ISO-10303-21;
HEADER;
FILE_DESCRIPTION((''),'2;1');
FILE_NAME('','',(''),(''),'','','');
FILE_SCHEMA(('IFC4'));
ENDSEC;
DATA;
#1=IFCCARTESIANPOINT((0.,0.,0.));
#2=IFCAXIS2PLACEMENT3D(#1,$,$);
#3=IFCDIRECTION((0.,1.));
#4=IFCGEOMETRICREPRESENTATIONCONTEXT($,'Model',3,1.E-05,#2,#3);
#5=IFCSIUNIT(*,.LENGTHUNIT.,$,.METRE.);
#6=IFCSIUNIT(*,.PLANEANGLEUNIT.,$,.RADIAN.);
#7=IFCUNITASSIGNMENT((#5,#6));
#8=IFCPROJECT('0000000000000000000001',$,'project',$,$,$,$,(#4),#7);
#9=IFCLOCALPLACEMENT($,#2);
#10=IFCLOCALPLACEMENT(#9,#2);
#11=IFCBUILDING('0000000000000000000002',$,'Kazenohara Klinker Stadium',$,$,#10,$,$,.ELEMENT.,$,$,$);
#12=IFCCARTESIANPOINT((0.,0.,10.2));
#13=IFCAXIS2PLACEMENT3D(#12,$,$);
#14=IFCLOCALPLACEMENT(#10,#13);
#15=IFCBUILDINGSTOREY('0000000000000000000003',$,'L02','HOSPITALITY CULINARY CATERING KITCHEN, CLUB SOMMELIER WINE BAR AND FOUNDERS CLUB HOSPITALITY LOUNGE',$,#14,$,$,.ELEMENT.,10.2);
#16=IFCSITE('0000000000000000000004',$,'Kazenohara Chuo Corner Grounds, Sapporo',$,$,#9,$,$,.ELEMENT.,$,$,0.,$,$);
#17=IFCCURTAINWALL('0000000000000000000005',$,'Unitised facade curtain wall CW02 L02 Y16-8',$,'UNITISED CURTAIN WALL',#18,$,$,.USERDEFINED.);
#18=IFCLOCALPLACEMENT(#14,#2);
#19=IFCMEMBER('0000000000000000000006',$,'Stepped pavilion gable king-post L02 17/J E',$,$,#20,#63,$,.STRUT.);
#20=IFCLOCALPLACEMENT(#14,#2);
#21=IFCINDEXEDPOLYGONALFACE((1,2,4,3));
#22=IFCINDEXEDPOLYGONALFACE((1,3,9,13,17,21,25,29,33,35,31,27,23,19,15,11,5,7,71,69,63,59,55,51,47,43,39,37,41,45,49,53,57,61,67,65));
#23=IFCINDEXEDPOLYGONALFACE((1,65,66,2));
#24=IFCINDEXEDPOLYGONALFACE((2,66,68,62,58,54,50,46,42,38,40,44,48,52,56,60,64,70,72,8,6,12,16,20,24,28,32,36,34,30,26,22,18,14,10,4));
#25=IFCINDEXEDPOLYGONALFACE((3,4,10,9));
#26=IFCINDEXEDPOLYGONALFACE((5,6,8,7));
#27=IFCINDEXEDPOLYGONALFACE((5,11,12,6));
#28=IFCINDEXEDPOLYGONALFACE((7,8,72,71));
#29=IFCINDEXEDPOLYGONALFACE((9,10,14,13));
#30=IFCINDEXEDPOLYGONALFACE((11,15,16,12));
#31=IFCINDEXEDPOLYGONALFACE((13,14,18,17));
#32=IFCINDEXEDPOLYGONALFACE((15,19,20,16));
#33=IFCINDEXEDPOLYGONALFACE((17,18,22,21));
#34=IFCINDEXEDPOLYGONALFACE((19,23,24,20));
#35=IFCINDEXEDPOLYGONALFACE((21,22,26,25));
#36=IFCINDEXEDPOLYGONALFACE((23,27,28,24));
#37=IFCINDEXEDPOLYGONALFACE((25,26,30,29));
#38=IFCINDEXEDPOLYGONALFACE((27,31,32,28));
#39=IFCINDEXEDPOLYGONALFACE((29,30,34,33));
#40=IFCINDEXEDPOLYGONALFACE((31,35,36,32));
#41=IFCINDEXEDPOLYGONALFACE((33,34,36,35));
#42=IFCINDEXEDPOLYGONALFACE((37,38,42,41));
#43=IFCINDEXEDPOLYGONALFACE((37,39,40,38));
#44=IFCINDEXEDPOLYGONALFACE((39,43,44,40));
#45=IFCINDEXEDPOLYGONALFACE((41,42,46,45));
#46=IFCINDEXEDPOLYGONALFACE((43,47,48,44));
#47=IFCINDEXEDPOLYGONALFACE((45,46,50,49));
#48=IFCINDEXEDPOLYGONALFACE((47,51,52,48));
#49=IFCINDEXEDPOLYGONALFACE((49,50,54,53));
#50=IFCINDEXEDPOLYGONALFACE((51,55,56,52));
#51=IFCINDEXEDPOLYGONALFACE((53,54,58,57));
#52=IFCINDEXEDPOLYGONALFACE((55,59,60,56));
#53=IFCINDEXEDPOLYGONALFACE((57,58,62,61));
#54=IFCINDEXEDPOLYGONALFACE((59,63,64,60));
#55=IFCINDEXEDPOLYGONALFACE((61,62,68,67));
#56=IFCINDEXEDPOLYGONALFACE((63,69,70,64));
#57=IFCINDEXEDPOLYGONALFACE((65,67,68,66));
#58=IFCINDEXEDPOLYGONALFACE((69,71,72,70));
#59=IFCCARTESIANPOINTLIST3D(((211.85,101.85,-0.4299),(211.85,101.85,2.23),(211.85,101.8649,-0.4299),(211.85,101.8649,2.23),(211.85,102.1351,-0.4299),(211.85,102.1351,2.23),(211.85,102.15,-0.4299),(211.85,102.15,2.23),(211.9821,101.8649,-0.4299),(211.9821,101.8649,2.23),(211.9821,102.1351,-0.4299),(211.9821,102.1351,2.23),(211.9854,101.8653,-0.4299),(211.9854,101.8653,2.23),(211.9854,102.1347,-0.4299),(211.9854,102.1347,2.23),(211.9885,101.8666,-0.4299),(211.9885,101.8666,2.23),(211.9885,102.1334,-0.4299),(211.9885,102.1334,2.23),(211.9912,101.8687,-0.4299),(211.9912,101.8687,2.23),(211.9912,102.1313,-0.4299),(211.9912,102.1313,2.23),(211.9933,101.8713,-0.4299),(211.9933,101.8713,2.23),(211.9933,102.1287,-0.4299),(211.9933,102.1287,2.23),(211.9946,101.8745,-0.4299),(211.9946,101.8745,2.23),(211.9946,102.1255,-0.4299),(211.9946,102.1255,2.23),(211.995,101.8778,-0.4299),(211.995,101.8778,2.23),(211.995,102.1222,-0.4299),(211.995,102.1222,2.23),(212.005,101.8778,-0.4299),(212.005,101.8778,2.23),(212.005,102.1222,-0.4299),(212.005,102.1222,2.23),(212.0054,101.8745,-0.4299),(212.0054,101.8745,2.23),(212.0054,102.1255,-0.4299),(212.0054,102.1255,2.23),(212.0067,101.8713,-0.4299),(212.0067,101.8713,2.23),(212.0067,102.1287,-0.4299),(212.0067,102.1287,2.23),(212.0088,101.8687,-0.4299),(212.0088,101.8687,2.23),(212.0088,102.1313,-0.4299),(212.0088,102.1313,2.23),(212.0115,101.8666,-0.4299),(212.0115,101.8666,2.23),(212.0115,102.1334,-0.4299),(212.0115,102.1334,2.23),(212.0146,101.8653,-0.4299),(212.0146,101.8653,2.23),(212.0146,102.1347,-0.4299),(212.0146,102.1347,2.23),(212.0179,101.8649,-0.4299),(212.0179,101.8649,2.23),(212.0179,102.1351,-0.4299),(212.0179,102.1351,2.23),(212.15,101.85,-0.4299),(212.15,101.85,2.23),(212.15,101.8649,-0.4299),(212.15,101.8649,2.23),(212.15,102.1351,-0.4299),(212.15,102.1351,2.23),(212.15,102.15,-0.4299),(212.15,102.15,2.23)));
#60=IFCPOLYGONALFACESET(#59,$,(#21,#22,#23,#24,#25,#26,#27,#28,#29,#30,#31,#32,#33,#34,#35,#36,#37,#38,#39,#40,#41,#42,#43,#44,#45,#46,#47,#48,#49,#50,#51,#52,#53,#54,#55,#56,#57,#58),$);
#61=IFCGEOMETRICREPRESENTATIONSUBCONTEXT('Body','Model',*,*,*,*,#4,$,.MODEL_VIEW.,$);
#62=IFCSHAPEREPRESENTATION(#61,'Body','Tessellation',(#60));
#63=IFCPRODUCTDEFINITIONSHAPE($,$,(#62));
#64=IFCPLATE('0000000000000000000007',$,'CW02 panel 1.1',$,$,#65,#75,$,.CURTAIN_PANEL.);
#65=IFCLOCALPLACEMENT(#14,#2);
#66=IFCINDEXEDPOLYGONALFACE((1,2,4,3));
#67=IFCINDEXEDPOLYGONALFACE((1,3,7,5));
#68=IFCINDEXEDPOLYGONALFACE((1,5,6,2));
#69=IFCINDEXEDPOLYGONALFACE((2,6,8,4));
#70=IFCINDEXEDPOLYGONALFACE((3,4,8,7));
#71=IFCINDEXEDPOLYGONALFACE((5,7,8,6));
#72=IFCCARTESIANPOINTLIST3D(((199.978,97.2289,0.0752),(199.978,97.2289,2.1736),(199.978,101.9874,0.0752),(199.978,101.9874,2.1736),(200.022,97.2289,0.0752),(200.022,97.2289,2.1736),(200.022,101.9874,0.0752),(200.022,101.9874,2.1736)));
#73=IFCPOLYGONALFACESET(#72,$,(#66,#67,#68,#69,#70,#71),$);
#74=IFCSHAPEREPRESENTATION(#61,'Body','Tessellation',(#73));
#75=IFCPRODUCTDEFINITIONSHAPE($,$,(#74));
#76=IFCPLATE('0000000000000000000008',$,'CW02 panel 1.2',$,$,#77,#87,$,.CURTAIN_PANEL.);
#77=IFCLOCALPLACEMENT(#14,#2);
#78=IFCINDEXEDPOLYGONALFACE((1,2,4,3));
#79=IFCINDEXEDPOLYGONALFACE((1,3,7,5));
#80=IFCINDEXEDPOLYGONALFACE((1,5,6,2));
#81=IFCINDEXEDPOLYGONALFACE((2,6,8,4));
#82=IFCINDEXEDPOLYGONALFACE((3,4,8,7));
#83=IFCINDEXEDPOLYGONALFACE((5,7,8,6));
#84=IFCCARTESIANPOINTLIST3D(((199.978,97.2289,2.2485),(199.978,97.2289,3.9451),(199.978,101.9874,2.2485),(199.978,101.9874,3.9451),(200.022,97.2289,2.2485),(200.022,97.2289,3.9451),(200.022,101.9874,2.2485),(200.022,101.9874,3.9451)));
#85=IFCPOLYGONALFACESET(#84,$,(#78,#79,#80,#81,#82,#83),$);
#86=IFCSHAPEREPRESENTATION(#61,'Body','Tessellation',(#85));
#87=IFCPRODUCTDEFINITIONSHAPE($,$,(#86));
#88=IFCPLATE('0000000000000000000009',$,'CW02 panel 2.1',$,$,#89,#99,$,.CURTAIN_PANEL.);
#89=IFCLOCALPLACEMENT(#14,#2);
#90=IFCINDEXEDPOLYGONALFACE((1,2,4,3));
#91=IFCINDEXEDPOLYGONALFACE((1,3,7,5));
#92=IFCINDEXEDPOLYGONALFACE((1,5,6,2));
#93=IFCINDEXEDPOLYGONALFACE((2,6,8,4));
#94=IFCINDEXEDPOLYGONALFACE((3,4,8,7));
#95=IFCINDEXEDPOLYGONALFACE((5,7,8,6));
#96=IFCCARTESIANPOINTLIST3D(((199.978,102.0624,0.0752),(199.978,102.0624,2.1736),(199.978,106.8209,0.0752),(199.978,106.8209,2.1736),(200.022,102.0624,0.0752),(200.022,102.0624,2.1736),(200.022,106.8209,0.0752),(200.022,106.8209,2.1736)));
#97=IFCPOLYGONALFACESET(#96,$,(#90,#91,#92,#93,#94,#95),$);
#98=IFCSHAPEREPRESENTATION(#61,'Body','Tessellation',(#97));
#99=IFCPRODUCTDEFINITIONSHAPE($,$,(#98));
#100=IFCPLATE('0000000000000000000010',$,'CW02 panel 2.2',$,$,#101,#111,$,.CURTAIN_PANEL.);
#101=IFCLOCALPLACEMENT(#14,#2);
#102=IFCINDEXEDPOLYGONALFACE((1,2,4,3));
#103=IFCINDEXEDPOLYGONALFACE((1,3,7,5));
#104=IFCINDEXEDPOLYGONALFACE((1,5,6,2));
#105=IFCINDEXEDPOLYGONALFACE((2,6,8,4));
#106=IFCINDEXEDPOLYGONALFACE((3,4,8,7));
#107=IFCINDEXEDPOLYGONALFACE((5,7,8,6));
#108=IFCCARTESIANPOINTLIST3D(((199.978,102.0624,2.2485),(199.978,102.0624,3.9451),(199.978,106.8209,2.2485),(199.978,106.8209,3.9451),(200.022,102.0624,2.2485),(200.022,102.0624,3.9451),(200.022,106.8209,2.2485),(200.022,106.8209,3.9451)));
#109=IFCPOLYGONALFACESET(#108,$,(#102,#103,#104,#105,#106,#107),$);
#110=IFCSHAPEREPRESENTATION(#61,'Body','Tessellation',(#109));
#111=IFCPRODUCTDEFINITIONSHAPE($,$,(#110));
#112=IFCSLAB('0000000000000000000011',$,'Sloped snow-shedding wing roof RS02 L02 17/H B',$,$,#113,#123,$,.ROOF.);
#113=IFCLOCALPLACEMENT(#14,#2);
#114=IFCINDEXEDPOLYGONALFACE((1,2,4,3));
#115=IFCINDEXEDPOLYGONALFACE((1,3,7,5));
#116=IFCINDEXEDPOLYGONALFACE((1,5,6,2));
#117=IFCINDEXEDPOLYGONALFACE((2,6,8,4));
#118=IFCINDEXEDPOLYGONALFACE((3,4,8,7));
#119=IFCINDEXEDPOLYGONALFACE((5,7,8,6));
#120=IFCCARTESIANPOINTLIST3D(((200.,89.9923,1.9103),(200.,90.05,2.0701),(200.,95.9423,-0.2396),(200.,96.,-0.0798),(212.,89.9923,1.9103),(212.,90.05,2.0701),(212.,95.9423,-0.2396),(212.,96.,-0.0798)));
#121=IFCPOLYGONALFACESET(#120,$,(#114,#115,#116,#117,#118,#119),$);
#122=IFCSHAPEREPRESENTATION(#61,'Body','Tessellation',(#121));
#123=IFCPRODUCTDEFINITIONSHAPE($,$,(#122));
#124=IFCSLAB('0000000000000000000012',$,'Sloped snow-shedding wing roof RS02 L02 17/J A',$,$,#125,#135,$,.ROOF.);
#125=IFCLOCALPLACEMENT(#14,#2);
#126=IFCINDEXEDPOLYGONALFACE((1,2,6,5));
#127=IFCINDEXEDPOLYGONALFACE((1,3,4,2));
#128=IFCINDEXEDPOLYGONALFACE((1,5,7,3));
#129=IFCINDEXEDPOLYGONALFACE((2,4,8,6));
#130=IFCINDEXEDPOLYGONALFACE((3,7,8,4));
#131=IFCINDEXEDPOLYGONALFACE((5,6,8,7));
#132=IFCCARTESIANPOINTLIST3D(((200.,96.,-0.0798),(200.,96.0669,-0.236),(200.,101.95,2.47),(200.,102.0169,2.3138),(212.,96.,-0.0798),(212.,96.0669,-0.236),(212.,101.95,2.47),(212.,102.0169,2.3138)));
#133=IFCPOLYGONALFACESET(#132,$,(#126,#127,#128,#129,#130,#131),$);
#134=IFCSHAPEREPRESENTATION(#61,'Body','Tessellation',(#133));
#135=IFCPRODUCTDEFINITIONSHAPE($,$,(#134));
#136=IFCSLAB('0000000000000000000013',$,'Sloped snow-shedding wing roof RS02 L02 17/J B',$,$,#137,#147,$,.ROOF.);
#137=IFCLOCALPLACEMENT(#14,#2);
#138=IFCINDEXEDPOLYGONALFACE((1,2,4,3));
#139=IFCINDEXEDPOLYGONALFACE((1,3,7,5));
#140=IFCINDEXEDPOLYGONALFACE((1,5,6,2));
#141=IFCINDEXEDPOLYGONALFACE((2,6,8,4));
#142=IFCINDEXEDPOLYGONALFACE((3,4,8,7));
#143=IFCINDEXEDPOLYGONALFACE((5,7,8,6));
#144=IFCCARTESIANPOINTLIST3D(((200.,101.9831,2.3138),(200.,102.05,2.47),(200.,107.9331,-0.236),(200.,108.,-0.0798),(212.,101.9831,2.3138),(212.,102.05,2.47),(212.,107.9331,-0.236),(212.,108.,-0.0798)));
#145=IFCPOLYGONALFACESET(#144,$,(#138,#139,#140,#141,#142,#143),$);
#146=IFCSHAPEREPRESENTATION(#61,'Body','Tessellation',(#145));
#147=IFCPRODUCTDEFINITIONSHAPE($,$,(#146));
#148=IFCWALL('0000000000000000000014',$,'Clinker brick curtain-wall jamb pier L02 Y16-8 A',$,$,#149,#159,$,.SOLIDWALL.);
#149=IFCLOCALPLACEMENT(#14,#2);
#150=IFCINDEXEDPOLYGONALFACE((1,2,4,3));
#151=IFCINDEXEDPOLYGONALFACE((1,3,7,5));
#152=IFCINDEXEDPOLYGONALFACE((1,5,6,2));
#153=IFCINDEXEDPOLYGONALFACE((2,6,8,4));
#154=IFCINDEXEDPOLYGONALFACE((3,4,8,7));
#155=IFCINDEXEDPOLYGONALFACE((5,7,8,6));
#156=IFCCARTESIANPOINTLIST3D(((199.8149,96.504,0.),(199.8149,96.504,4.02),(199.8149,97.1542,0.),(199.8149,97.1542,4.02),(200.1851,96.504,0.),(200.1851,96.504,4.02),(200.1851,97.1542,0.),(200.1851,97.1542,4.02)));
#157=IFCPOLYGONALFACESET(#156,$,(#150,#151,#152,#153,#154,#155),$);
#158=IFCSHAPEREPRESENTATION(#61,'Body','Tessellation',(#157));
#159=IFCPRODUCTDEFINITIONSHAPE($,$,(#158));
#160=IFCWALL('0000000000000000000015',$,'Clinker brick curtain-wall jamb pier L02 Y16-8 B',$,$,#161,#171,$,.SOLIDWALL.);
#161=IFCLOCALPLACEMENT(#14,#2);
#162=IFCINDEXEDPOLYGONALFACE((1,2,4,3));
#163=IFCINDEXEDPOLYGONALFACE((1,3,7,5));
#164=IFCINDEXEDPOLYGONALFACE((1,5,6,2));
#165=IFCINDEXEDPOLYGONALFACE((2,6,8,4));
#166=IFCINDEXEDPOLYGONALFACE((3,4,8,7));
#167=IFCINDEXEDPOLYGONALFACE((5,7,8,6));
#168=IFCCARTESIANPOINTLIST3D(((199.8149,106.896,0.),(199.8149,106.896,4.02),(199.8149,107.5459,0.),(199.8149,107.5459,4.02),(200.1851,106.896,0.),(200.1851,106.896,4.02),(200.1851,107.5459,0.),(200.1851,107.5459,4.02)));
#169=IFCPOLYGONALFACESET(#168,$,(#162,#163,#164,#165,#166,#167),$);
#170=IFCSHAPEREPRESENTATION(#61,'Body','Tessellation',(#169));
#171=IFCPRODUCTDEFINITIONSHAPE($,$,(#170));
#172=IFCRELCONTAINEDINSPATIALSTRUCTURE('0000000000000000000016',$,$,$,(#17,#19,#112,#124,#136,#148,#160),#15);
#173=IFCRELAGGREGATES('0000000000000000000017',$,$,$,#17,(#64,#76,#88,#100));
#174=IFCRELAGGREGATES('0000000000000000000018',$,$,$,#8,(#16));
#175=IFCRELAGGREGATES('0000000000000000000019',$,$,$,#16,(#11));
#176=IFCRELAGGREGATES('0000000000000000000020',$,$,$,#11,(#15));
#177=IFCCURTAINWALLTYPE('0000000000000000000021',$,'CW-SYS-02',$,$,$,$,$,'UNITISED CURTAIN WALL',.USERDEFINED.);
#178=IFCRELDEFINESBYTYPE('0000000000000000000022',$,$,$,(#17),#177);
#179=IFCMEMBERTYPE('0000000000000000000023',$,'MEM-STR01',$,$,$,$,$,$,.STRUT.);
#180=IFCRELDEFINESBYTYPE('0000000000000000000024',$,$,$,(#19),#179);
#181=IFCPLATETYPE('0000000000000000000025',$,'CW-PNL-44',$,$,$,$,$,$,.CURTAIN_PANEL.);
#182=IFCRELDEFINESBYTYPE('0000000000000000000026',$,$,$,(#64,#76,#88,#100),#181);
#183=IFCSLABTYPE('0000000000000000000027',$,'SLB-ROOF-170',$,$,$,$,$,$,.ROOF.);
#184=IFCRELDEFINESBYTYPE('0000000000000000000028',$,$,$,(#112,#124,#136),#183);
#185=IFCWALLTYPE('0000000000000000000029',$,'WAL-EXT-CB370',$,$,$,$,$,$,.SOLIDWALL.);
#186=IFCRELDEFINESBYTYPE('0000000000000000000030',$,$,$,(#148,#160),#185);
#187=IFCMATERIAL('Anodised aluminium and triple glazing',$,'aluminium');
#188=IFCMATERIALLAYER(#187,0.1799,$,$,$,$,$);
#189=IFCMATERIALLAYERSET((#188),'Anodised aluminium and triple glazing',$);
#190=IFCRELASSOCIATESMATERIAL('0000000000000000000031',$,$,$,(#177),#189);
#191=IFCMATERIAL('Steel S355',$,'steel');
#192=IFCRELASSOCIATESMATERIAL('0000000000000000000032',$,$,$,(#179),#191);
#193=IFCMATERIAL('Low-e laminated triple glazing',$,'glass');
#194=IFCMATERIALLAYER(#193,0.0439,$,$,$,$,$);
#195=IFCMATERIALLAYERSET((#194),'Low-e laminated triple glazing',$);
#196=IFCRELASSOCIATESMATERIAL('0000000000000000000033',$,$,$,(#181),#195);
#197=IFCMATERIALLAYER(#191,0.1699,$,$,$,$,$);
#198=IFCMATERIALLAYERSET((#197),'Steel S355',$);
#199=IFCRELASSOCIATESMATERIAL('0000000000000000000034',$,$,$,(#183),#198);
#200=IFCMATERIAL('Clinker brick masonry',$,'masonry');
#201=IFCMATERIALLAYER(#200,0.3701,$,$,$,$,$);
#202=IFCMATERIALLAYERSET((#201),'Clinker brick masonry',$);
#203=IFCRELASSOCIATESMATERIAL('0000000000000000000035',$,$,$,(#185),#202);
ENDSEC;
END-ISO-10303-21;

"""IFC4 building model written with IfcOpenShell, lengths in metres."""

from ifc_helpers import new_model, si_unit, direction, frame, frame_2d, origin, origin_2d, place, context, subcontext, project, spatial, polyline, rectangle, i_section, outline, extrude, material, layer, layer_set, material_profile, profile_set, type_object, element, aggregate, save


model = new_model("IFC4")

# Units and contexts
model_context = context("Model", 3, precision=1e-05, world=origin(), true_north=direction((0.0, 1.0)))
body_context = subcontext(model_context, "Body", "Model", "MODEL_VIEW")
ifc_project = project(units=[si_unit("LENGTHUNIT", "METRE"), si_unit("PLANEANGLEUNIT", "RADIAN")], contexts=[model_context])

# Site, building, storey
site_placement = place(None, origin())
site = spatial("IfcSite", under=ifc_project, at=site_placement, Name="Kazenohara Chuo Corner Grounds, Sapporo", CompositionType="ELEMENT", RefElevation=0.0)
building_placement = place(site_placement, origin())
building = spatial("IfcBuilding", under=site, at=building_placement, Name="Kazenohara Klinker Stadium", CompositionType="ELEMENT")
storey_placement = place(building_placement, frame((0.0, 0.0, 10.2)))
storey = spatial("IfcBuildingStorey", under=building, at=storey_placement, Name="L02", Description="HOSPITALITY CULINARY CATERING KITCHEN, CLUB SOMMELIER WINE BAR AND FOUNDERS CLUB HOSPITALITY LOUNGE", CompositionType="ELEMENT", Elevation=10.2)

# Shared definitions
ifc_material_1 = material(Name="Steel S355", Category="steel")

# Curtain wall
ifc_material_2 = material(Name="Anodised aluminium and triple glazing", Category="aluminium")
ifc_layer_1 = layer(ifc_material_2, 0.1799)
ifc_layer_set_1 = layer_set([ifc_layer_1], Name="Anodised aluminium and triple glazing")
curtain_wall_type = type_object("IfcCurtainWallType", Name="CW-SYS-02", ElementType="UNITISED CURTAIN WALL", PredefinedType="USERDEFINED", material=ifc_layer_set_1)
curtain_wall_placement = place(storey_placement, origin())
curtain_wall = element("IfcCurtainWall", 1, at=curtain_wall_placement, inside=storey, type_object=curtain_wall_type, Name="Unitised facade curtain wall CW02 L02 Y16-8", ObjectType="UNITISED CURTAIN WALL", PredefinedType="USERDEFINED")

# Member
ifc_material_profile_1 = material_profile(ifc_material_1, i_section(OverallWidth=0.3, OverallDepth=0.3, WebThickness=0.01, FlangeThickness=0.0149, FilletRadius=0.0129, at=origin_2d()), Name="H-300x300x10x15")
ifc_profile_set_1 = profile_set([ifc_material_profile_1], Name="Steel S355")
member_type_1 = type_object("IfcMemberType", Name="MEM-STR01", PredefinedType="STRUT", material=ifc_profile_set_1)
member_1_placement = place(storey_placement, frame((212.0, 102.0, -0.4299), z_axis=(0.0, 0.0, 1.0), x_axis=(1.0, 0.0, 0.0)))
element("IfcMember", 2, at=member_1_placement, inside=storey, type_object=member_type_1, Name="Stepped pavilion gable king-post L02 17/J E", PredefinedType="STRUT", context=body_context, shape_type="SweptSolid", body=[
    extrude(i_section(OverallWidth=0.3, OverallDepth=0.3, WebThickness=0.01, FlangeThickness=0.0149, FilletRadius=0.0129, at=origin_2d()), origin(), (0.0, 0.0, 1.0), 2.6599),
])

# Plates
ifc_material_3 = material(Name="Low-e laminated triple glazing", Category="glass")
ifc_layer_2 = layer(ifc_material_3, 0.0439)
ifc_layer_set_2 = layer_set([ifc_layer_2], Name="Low-e laminated triple glazing")
plate_type = type_object("IfcPlateType", Name="CW-PNL-44", PredefinedType="CURTAIN_PANEL", material=ifc_layer_set_2)
plate_1_placement = place(storey_placement, frame((200.0, 99.6082, 0.0752), z_axis=(0.0, 0.0, 1.0), x_axis=(0.0, 1.0, 0.0)))
plate_1 = element("IfcPlate", 3, at=plate_1_placement, type_object=plate_type, Name="CW02 panel 1.1", PredefinedType="CURTAIN_PANEL", context=body_context, shape_type="SweptSolid", body=[
    extrude(rectangle(XDim=4.7585, YDim=0.0439, at=origin_2d()), origin(), (0.0, 0.0, 1.0), 2.0984),
])
plate_2_placement = place(storey_placement, frame((200.0, 99.6082, 2.2485), z_axis=(0.0, 0.0, 1.0), x_axis=(0.0, 1.0, 0.0)))
plate_2 = element("IfcPlate", 4, at=plate_2_placement, type_object=plate_type, Name="CW02 panel 1.2", PredefinedType="CURTAIN_PANEL", context=body_context, shape_type="SweptSolid", body=[
    extrude(rectangle(XDim=4.7585, YDim=0.0439, at=origin_2d()), origin(), (0.0, 0.0, 1.0), 1.6965),
])
plate_3_placement = place(storey_placement, frame((200.0, 104.4417, 0.0752), z_axis=(0.0, 0.0, 1.0), x_axis=(0.0, 1.0, 0.0)))
plate_3 = element("IfcPlate", 5, at=plate_3_placement, type_object=plate_type, Name="CW02 panel 2.1", PredefinedType="CURTAIN_PANEL", context=body_context, shape_type="SweptSolid", body=[
    extrude(rectangle(XDim=4.7585, YDim=0.0439, at=origin_2d()), origin(), (0.0, 0.0, 1.0), 2.0984),
])
plate_4_placement = place(storey_placement, frame((200.0, 104.4417, 2.2485), z_axis=(0.0, 0.0, 1.0), x_axis=(0.0, 1.0, 0.0)))
plate_4 = element("IfcPlate", 6, at=plate_4_placement, type_object=plate_type, Name="CW02 panel 2.2", PredefinedType="CURTAIN_PANEL", context=body_context, shape_type="SweptSolid", body=[
    extrude(rectangle(XDim=4.7585, YDim=0.0439, at=origin_2d()), origin(), (0.0, 0.0, 1.0), 1.6965),
])
aggregate(curtain_wall, [plate_1, plate_2, plate_3, plate_4])

# Slabs
ifc_layer_3 = layer(ifc_material_1, 0.1699)
ifc_layer_set_3 = layer_set([ifc_layer_3], Name="Steel S355")
slab_type = type_object("IfcSlabType", Name="SLB-ROOF-170", PredefinedType="ROOF", material=ifc_layer_set_3)
slab_placement = place(storey_placement, frame((200.0, 90.05, 2.0701), z_axis=(0.0, 0.339827, 0.940488), x_axis=(1.0, 0.0, 0.0)))
element("IfcSlab", 7, at=slab_placement, inside=storey, type_object=slab_type, Name="Sloped snow-shedding wing roof RS02 L02 17/H B", PredefinedType="ROOF", context=body_context, shape_type="SweptSolid", body=[
    extrude(outline(polyline([(0.0, 0.0), (12.0, 0.0), (12.0, 6.3265), (0.0, 6.3265), (0.0, 0.0)])), origin(), (0.0, 0.0, -1.0), 0.1699),
])
for number, where, z_axis, x_axis, name in (
    (8, (200.0, 96.0, -0.0798), (0.0, -0.393897, 0.919155), (1.0, 0.0, 0.0), "Sloped snow-shedding wing roof RS02 L02 17/J A"),
    (9, (200.0, 102.05, 2.47), (0.0, 0.393897, 0.919155), (1.0, 0.0, 0.0), "Sloped snow-shedding wing roof RS02 L02 17/J B"),
):
    element("IfcSlab", number, at=place(storey_placement, frame(where, z_axis=z_axis, x_axis=x_axis)), inside=storey, type_object=slab_type, Name=name, PredefinedType="ROOF", context=body_context, shape_type="SweptSolid", body=[
        extrude(outline(polyline([(0.0, 0.0), (12.0, 0.0), (12.0, 6.4733), (0.0, 6.4733), (0.0, 0.0)])), origin(), (0.0, 0.0, -1.0), 0.1699),
    ])

# Walls
ifc_material_4 = material(Name="Clinker brick masonry", Category="masonry")
ifc_layer_4 = layer(ifc_material_4, 0.3701)
ifc_layer_set_4 = layer_set([ifc_layer_4], Name="Clinker brick masonry")
wall_type_1 = type_object("IfcWallType", Name="WAL-EXT-CB370", PredefinedType="SOLIDWALL", material=ifc_layer_set_4)
wall_1_placement = place(storey_placement, frame((200.0, 96.5039, 0.0), z_axis=(0.0, 0.0, 1.0), x_axis=(0.0, 1.0, 0.0)))
element("IfcWall", 10, at=wall_1_placement, inside=storey, type_object=wall_type_1, Name="Clinker brick curtain-wall jamb pier L02 Y16-8 A", PredefinedType="SOLIDWALL", context=body_context, shape_type="SweptSolid", body=[
    extrude(rectangle(XDim=0.6501, YDim=0.3701, at=frame_2d((0.3252, 0.0))), origin(), (0.0, 0.0, 1.0), 4.02),
])
wall_2_placement = place(storey_placement, frame((200.0, 106.896, 0.0), z_axis=(0.0, 0.0, 1.0), x_axis=(0.0, 1.0, 0.0)))
element("IfcWall", 11, at=wall_2_placement, inside=storey, type_object=wall_type_1, Name="Clinker brick curtain-wall jamb pier L02 Y16-8 B", PredefinedType="SOLIDWALL", context=body_context, shape_type="SweptSolid", body=[
    extrude(rectangle(XDim=0.6499, YDim=0.3701, at=frame_2d((0.325, 0.0))), origin(), (0.0, 0.0, 1.0), 4.02),
])

save(model, "model.ifc")
